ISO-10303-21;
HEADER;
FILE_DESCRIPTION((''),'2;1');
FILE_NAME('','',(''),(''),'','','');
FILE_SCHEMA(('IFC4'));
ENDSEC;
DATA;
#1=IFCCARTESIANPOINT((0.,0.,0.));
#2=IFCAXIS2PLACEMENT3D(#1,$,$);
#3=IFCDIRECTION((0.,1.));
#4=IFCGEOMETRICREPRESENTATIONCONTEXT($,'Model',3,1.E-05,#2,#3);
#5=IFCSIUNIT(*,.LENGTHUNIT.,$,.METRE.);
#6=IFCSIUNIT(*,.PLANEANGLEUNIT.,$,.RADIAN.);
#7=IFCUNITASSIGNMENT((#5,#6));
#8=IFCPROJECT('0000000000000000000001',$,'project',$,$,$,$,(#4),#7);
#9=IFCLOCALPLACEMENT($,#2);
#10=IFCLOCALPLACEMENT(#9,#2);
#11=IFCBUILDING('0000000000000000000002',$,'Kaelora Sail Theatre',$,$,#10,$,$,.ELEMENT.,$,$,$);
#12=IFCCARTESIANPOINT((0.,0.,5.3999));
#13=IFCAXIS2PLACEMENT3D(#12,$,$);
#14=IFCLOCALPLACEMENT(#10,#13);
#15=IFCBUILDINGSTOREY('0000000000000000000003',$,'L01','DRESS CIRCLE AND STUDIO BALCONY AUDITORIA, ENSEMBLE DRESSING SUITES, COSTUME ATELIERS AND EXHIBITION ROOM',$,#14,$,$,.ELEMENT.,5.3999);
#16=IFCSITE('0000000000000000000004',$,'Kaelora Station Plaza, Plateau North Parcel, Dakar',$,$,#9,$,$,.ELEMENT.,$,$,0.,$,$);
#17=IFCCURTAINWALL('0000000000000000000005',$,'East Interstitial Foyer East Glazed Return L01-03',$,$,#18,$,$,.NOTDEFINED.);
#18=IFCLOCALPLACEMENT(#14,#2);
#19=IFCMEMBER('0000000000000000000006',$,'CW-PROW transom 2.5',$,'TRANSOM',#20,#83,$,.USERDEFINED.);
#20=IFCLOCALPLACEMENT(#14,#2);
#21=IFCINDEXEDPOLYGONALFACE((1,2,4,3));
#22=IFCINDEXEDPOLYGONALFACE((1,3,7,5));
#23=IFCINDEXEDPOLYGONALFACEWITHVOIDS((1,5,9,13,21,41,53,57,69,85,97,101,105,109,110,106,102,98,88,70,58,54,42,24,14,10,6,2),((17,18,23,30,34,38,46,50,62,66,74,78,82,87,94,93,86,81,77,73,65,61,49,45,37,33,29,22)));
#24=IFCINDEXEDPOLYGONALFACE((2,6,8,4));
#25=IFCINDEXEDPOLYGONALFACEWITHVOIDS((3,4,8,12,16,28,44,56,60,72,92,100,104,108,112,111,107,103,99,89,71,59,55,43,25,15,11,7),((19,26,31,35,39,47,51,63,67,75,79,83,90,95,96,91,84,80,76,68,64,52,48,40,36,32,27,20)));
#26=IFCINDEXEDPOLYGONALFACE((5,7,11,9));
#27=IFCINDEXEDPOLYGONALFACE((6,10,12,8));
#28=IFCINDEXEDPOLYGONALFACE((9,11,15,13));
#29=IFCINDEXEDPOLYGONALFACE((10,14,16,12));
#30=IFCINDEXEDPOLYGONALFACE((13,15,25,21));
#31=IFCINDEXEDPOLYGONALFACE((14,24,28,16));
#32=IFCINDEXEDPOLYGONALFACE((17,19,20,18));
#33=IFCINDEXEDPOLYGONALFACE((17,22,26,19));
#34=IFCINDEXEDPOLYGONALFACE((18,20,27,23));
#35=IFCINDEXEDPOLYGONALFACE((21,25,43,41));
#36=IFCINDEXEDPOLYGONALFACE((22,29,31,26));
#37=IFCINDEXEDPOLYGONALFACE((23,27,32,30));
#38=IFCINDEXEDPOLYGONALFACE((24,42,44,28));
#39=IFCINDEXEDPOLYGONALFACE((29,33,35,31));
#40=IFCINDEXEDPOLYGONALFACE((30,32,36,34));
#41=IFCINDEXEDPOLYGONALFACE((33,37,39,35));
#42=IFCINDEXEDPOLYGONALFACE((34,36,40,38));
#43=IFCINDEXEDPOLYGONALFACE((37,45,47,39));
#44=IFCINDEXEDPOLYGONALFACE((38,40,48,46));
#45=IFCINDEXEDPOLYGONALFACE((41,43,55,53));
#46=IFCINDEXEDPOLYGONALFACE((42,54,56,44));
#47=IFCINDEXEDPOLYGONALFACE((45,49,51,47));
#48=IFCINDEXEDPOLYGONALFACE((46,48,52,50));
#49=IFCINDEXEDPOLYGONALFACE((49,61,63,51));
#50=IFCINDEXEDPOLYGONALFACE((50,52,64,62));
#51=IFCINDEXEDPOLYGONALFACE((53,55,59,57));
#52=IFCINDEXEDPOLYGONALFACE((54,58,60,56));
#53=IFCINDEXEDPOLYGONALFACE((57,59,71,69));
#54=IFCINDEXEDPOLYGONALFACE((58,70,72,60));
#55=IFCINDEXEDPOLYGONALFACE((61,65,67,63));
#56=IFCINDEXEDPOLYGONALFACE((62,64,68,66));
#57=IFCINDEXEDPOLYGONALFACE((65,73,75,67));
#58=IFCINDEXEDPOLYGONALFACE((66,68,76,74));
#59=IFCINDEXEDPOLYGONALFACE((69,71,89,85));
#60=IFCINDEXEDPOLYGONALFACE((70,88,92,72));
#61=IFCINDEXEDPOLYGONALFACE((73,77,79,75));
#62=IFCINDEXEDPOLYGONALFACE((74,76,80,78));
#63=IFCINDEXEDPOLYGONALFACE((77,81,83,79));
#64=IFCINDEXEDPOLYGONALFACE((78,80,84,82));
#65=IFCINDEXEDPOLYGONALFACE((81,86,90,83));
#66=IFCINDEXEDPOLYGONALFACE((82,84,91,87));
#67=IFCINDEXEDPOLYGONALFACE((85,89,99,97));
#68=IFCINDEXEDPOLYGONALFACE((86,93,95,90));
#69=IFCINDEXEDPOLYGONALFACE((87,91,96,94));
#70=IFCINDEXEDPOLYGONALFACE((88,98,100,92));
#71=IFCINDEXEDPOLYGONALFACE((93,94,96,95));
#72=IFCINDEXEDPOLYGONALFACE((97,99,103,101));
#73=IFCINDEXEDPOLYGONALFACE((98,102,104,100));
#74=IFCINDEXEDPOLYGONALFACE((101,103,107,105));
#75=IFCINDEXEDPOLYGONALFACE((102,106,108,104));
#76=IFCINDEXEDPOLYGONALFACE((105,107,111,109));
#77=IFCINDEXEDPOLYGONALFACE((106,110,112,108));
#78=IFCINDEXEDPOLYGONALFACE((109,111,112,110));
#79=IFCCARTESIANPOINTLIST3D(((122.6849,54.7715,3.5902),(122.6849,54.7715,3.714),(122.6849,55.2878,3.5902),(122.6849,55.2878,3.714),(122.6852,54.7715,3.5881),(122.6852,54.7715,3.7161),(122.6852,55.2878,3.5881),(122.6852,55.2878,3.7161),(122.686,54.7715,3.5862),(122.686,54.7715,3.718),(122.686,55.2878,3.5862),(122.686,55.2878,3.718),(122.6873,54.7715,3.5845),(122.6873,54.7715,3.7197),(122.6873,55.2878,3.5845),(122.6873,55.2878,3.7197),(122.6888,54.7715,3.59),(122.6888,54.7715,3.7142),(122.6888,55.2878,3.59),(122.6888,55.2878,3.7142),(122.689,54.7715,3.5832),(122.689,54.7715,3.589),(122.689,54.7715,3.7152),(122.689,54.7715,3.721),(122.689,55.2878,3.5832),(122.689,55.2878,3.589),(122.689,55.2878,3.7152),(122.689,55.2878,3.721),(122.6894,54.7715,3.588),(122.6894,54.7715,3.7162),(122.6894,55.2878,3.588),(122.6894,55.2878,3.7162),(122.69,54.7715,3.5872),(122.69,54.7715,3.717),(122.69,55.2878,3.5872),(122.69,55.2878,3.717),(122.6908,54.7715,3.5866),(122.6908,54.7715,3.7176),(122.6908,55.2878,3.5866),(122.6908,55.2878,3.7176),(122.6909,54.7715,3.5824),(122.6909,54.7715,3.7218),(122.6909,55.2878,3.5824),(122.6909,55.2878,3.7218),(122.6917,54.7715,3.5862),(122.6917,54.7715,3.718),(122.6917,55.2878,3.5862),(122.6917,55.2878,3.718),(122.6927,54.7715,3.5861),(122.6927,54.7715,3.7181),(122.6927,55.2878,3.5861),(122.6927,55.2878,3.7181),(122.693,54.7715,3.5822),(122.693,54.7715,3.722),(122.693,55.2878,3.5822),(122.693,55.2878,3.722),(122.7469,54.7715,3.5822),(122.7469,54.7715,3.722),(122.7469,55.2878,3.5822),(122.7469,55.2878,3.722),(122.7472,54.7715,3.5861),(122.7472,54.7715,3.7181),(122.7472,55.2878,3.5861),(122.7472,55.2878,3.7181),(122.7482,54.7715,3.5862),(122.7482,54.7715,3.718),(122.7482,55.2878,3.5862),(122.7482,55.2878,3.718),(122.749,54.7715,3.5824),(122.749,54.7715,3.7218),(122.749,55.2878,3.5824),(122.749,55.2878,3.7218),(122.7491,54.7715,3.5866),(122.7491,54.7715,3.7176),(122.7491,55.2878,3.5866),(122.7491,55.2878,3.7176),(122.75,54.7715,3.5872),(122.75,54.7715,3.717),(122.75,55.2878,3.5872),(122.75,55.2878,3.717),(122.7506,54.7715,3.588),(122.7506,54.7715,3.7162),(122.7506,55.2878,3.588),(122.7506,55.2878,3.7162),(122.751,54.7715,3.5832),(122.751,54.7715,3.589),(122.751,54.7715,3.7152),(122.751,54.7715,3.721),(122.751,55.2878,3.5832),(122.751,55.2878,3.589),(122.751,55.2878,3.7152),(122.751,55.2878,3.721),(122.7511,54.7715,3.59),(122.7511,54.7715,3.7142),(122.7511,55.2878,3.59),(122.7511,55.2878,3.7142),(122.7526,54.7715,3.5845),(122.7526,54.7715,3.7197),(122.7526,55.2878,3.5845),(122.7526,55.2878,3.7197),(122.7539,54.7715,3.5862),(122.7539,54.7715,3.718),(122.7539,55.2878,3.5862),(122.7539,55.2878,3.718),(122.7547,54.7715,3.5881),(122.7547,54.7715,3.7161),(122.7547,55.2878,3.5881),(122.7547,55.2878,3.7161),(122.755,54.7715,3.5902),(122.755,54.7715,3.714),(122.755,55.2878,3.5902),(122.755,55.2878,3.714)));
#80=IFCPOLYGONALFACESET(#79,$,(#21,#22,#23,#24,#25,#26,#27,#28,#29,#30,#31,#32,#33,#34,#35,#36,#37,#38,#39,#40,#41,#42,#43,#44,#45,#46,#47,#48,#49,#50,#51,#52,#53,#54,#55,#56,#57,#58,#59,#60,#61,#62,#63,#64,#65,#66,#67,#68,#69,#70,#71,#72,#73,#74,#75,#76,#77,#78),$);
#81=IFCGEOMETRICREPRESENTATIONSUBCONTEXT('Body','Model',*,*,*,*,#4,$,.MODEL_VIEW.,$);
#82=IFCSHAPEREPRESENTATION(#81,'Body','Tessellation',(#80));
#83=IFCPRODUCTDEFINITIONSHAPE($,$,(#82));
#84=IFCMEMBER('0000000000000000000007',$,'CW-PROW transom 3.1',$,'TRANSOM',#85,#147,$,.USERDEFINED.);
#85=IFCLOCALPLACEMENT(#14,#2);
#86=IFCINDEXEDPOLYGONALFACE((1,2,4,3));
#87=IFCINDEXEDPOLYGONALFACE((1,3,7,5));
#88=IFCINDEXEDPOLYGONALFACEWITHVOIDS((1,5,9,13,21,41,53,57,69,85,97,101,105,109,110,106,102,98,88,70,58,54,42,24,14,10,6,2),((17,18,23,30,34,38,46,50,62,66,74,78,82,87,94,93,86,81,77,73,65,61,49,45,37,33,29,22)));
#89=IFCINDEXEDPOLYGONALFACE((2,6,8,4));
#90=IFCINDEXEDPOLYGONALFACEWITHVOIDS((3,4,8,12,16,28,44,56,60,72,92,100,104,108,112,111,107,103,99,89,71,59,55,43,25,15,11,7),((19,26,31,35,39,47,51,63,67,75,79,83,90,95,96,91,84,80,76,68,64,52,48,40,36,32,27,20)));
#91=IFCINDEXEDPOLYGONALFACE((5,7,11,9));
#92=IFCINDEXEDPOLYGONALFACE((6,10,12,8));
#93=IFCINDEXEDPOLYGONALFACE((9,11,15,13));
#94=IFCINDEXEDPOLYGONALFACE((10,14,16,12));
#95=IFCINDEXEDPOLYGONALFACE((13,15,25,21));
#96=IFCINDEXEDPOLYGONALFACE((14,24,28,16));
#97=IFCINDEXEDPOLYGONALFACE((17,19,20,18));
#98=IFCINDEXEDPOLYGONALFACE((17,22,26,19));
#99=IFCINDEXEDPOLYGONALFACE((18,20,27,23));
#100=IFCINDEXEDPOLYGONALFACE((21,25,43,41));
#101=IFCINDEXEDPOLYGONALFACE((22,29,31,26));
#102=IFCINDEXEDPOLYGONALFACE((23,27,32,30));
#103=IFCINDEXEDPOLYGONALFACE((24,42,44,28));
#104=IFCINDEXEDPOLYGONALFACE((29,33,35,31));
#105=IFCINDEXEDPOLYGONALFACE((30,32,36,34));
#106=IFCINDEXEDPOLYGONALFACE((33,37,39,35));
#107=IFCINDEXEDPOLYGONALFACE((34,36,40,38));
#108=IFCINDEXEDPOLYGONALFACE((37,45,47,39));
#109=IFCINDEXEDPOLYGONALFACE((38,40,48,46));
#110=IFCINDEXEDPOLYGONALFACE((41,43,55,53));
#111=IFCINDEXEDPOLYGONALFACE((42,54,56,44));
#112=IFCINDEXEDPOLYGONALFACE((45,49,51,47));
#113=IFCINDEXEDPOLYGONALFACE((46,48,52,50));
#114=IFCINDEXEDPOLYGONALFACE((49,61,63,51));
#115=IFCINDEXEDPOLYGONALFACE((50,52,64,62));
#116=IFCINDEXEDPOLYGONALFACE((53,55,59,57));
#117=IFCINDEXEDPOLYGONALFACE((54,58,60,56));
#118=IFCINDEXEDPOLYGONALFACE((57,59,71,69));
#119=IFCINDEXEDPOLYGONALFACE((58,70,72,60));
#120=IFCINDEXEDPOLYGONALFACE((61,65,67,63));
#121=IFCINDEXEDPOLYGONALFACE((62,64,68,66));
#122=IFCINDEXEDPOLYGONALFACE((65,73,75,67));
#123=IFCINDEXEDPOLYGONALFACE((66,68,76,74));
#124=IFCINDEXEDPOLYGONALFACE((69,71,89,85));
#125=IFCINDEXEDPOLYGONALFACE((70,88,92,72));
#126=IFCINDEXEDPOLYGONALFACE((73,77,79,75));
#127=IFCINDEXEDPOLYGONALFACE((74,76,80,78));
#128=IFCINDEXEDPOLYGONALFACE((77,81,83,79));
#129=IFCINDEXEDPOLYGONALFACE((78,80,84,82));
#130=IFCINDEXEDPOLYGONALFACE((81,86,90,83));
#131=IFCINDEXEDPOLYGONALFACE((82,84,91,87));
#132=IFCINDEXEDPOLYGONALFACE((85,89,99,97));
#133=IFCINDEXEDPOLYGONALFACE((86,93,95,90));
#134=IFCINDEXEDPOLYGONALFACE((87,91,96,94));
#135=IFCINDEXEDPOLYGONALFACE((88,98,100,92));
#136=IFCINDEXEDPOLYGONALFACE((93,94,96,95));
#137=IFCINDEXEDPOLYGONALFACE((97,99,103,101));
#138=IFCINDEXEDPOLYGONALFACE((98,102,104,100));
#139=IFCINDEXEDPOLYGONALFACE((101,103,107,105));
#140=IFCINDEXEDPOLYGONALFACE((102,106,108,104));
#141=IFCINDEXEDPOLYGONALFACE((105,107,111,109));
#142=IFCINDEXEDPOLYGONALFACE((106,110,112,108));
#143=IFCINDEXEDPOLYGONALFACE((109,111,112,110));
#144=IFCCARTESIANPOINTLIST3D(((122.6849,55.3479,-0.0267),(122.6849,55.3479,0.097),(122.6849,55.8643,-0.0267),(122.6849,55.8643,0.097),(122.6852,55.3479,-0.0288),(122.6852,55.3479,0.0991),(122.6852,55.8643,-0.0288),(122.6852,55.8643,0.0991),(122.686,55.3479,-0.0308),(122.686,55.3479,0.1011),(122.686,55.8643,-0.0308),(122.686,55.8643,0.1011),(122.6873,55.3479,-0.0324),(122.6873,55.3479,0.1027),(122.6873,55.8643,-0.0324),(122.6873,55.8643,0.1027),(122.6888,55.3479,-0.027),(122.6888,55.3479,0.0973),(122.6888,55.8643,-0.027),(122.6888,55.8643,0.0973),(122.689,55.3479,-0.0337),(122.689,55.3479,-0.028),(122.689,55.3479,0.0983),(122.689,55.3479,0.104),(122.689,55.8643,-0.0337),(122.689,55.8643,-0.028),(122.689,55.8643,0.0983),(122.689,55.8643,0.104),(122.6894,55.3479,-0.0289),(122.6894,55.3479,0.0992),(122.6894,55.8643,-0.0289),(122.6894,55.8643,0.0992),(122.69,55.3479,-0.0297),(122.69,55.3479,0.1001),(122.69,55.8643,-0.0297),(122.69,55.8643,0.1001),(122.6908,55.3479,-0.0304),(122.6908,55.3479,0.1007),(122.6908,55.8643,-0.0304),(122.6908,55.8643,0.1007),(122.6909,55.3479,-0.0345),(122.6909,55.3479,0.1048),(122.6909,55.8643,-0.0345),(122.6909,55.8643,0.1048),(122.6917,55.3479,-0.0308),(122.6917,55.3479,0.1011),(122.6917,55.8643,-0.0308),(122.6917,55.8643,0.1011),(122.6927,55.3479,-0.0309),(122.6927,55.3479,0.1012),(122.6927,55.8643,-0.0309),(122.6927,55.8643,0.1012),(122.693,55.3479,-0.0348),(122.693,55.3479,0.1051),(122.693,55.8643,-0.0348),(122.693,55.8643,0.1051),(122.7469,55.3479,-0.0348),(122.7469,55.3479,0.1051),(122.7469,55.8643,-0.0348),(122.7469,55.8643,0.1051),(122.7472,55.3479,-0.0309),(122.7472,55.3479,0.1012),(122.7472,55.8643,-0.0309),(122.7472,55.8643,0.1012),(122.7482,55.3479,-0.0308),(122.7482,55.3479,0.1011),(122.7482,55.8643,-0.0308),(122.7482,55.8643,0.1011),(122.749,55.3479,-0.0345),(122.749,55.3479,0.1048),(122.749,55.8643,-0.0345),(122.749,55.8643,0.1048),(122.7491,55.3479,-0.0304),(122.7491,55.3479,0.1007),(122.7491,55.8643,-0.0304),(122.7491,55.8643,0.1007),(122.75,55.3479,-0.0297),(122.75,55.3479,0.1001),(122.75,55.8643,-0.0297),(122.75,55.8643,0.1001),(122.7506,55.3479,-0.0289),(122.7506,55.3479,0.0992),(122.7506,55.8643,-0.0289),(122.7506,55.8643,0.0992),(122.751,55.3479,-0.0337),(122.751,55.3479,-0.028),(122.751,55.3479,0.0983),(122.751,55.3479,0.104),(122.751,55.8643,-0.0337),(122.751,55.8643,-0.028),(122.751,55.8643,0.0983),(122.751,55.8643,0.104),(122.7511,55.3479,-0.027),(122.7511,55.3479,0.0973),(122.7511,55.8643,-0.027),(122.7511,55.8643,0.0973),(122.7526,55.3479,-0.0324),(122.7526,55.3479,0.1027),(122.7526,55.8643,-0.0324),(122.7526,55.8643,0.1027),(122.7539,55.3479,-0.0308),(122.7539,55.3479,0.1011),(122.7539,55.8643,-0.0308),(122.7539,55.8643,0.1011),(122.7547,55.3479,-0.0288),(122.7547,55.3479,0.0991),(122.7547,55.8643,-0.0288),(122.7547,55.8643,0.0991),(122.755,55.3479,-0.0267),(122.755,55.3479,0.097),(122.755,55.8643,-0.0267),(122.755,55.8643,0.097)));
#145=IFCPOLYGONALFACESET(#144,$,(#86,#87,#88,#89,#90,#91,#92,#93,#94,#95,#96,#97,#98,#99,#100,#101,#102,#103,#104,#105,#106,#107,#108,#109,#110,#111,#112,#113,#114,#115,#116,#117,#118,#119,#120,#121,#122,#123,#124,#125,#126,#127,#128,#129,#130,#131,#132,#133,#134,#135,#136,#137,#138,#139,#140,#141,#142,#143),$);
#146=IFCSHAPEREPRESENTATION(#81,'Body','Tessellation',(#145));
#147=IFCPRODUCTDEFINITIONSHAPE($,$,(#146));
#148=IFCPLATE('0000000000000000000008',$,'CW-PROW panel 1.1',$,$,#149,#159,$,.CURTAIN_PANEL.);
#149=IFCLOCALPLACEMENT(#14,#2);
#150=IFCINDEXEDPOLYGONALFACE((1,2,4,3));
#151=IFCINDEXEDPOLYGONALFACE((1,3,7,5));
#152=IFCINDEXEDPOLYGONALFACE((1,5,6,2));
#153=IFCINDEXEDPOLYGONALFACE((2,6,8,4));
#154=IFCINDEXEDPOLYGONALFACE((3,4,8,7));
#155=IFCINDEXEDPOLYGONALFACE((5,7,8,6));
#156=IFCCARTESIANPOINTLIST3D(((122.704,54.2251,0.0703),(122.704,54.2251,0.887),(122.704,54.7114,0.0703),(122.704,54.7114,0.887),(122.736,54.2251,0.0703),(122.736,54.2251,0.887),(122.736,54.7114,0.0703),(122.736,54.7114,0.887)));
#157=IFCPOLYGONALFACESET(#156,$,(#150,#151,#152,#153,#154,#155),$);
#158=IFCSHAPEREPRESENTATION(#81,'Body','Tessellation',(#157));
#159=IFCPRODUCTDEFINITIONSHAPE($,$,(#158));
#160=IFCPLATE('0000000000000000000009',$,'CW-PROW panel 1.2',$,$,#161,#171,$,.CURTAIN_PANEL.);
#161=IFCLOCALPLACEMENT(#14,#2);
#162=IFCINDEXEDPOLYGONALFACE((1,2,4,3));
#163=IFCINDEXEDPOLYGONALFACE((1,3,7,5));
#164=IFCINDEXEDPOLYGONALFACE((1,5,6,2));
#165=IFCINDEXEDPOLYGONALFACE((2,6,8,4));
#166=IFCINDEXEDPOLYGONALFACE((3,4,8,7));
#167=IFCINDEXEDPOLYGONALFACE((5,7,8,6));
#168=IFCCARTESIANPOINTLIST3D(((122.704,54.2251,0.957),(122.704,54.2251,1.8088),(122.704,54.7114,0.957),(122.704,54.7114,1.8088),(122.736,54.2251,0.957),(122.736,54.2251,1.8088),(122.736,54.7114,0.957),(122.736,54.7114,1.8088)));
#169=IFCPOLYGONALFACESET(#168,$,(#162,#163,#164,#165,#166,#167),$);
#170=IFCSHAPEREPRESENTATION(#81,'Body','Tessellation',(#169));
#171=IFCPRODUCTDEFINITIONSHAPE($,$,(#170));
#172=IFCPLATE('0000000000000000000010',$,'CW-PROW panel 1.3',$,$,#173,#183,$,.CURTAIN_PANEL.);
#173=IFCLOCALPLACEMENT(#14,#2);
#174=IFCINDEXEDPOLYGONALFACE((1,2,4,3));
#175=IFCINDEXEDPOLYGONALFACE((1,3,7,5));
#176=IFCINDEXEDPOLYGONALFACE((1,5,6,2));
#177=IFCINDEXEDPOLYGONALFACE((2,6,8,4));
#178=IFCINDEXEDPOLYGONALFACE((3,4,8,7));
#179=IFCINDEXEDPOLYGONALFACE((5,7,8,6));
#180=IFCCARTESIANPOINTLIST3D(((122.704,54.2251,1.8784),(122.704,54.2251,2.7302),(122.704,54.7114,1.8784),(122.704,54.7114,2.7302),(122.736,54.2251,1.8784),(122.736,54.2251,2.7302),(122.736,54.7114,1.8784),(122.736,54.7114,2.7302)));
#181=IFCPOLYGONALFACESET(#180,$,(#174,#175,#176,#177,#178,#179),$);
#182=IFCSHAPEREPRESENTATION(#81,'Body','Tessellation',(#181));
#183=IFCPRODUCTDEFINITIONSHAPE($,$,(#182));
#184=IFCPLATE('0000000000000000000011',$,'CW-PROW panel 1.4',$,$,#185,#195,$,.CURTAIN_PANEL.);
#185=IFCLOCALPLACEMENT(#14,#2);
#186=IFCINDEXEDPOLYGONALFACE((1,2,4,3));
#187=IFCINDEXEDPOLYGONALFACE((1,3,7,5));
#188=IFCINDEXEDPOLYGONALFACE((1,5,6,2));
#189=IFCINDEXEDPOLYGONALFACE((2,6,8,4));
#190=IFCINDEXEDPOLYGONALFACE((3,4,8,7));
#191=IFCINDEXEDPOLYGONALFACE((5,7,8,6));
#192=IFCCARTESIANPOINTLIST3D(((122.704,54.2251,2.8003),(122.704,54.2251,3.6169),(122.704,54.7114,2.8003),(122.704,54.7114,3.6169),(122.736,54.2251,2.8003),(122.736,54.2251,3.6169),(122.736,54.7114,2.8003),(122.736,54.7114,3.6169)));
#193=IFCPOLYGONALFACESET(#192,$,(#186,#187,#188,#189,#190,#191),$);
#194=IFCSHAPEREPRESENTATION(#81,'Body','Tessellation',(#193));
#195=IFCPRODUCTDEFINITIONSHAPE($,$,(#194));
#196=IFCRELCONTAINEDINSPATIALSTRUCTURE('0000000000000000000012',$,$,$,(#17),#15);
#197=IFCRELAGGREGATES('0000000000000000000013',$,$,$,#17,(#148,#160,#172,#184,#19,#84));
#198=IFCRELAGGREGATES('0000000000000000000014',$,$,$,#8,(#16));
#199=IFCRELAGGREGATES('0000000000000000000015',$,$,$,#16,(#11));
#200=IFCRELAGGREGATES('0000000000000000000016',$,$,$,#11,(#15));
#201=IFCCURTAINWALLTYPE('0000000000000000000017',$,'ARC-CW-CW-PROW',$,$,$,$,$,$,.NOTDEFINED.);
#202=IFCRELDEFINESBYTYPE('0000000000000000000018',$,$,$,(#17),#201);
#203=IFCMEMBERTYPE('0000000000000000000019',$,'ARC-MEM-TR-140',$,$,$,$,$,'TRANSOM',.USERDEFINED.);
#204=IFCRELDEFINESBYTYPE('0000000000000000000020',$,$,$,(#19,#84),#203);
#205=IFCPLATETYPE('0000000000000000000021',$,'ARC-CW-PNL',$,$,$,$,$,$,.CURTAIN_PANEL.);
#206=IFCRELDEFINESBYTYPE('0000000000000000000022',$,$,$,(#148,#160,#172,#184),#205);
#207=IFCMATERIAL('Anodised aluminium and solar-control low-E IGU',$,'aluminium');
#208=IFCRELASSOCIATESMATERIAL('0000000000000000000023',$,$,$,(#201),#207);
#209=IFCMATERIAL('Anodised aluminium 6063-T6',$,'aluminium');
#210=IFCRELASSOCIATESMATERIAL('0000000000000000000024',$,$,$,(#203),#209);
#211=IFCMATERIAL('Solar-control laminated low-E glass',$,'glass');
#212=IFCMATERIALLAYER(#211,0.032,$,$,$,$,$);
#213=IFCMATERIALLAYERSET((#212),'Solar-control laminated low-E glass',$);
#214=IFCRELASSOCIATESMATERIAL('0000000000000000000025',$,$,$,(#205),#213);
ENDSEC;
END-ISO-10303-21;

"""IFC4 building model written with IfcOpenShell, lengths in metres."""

from ifc_helpers import new_model, si_unit, direction, frame, origin, origin_2d, place, context, subcontext, project, spatial, rectangle, hollow_rectangle, extrude, material, layer, layer_set, material_profile, profile_set, type_object, element, aggregate, save


model = new_model("IFC4")

# Units and contexts
model_context = context("Model", 3, precision=1e-05, world=origin(), true_north=direction((0.0, 1.0)))
body_context = subcontext(model_context, "Body", "Model", "MODEL_VIEW")
ifc_project = project(units=[si_unit("LENGTHUNIT", "METRE"), si_unit("PLANEANGLEUNIT", "RADIAN")], contexts=[model_context])

# Site, building, storey
site_placement = place(None, origin())
site = spatial("IfcSite", under=ifc_project, at=site_placement, Name="Kaelora Station Plaza, Plateau North Parcel, Dakar", CompositionType="ELEMENT", RefElevation=0.0)
building_placement = place(site_placement, origin())
building = spatial("IfcBuilding", under=site, at=building_placement, Name="Kaelora Sail Theatre", CompositionType="ELEMENT")
storey_placement = place(building_placement, frame((0.0, 0.0, 5.3999)))
storey = spatial("IfcBuildingStorey", under=building, at=storey_placement, Name="L01", Description="DRESS CIRCLE AND STUDIO BALCONY AUDITORIA, ENSEMBLE DRESSING SUITES, COSTUME ATELIERS AND EXHIBITION ROOM", CompositionType="ELEMENT", Elevation=5.3999)

# Curtain wall, members, plates
ifc_material_1 = material(Name="Anodised aluminium and solar-control low-E IGU", Category="aluminium")
curtain_wall_type = type_object("IfcCurtainWallType", Name="ARC-CW-CW-PROW", PredefinedType="NOTDEFINED", material=ifc_material_1)
curtain_wall_placement = place(storey_placement, origin())
curtain_wall = element("IfcCurtainWall", 1, at=curtain_wall_placement, inside=storey, type_object=curtain_wall_type, Name="East Interstitial Foyer East Glazed Return L01-03", PredefinedType="NOTDEFINED")
ifc_material_2 = material(Name="Anodised aluminium 6063-T6", Category="aluminium")
ifc_material_profile_1 = material_profile(ifc_material_2, hollow_rectangle(XDim=0.0701, YDim=0.1399, WallThickness=0.0039, InnerFilletRadius=0.0039, OuterFilletRadius=0.0081, at=origin_2d()), Name="ALU-TRAN 70x140x4")
ifc_profile_set_1 = profile_set([ifc_material_profile_1], Name="Anodised aluminium 6063-T6")
member_type_1 = type_object("IfcMemberType", Name="ARC-MEM-TR-140", ElementType="TRANSOM", PredefinedType="USERDEFINED", material=ifc_profile_set_1)
member_1_placement = place(storey_placement, frame((122.72, 54.7715, 3.6521), z_axis=(0.0, 1.0, 0.0), x_axis=(-1.0, 0.0, 0.0)))
member_1 = element("IfcMember", 2, at=member_1_placement, type_object=member_type_1, Name="CW-PROW transom 2.5", ObjectType="TRANSOM", PredefinedType="USERDEFINED", context=body_context, shape_type="SweptSolid", body=[
    extrude(hollow_rectangle(XDim=0.0701, YDim=0.1399, WallThickness=0.0039, InnerFilletRadius=0.0039, OuterFilletRadius=0.0081, at=origin_2d()), origin(), (0.0, 0.0, 1.0), 0.5164),
])
member_2_placement = place(storey_placement, frame((122.72, 55.3479, 0.0352), z_axis=(0.0, 1.0, 0.0), x_axis=(-1.0, 0.0, 0.0)))
member_2 = element("IfcMember", 3, at=member_2_placement, type_object=member_type_1, Name="CW-PROW transom 3.1", ObjectType="TRANSOM", PredefinedType="USERDEFINED", context=body_context, shape_type="SweptSolid", body=[
    extrude(hollow_rectangle(XDim=0.0701, YDim=0.1399, WallThickness=0.0039, InnerFilletRadius=0.0039, OuterFilletRadius=0.0081, at=origin_2d()), origin(), (0.0, 0.0, 1.0), 0.5164),
])
ifc_material_3 = material(Name="Solar-control laminated low-E glass", Category="glass")
ifc_layer_1 = layer(ifc_material_3, 0.032)
ifc_layer_set_1 = layer_set([ifc_layer_1], Name="Solar-control laminated low-E glass")
plate_type = type_object("IfcPlateType", Name="ARC-CW-PNL", PredefinedType="CURTAIN_PANEL", material=ifc_layer_set_1)
plate_1_placement = place(storey_placement, frame((122.72, 54.4683, 0.0703), z_axis=(0.0, 0.0, 1.0), x_axis=(0.0, 1.0, 0.0)))
plate_1 = element("IfcPlate", 4, at=plate_1_placement, type_object=plate_type, Name="CW-PROW panel 1.1", PredefinedType="CURTAIN_PANEL", context=body_context, shape_type="SweptSolid", body=[
    extrude(rectangle(XDim=0.4863, YDim=0.032, at=origin_2d()), origin(), (0.0, 0.0, 1.0), 0.8167),
])
plate_2_placement = place(storey_placement, frame((122.72, 54.4683, 0.957), z_axis=(0.0, 0.0, 1.0), x_axis=(0.0, 1.0, 0.0)))
plate_2 = element("IfcPlate", 5, at=plate_2_placement, type_object=plate_type, Name="CW-PROW panel 1.2", PredefinedType="CURTAIN_PANEL", context=body_context, shape_type="SweptSolid", body=[
    extrude(rectangle(XDim=0.4863, YDim=0.032, at=origin_2d()), origin(), (0.0, 0.0, 1.0), 0.8518),
])
plate_3_placement = place(storey_placement, frame((122.72, 54.4683, 1.8784), z_axis=(0.0, 0.0, 1.0), x_axis=(0.0, 1.0, 0.0)))
plate_3 = element("IfcPlate", 6, at=plate_3_placement, type_object=plate_type, Name="CW-PROW panel 1.3", PredefinedType="CURTAIN_PANEL", context=body_context, shape_type="SweptSolid", body=[
    extrude(rectangle(XDim=0.4863, YDim=0.032, at=origin_2d()), origin(), (0.0, 0.0, 1.0), 0.8518),
])
plate_4_placement = place(storey_placement, frame((122.72, 54.4683, 2.8003), z_axis=(0.0, 0.0, 1.0), x_axis=(0.0, 1.0, 0.0)))
plate_4 = element("IfcPlate", 7, at=plate_4_placement, type_object=plate_type, Name="CW-PROW panel 1.4", PredefinedType="CURTAIN_PANEL", context=body_context, shape_type="SweptSolid", body=[
    extrude(rectangle(XDim=0.4863, YDim=0.032, at=origin_2d()), origin(), (0.0, 0.0, 1.0), 0.8167),
])
aggregate(curtain_wall, [plate_1, plate_2, plate_3, plate_4, member_1, member_2])

save(model, "model.ifc")
